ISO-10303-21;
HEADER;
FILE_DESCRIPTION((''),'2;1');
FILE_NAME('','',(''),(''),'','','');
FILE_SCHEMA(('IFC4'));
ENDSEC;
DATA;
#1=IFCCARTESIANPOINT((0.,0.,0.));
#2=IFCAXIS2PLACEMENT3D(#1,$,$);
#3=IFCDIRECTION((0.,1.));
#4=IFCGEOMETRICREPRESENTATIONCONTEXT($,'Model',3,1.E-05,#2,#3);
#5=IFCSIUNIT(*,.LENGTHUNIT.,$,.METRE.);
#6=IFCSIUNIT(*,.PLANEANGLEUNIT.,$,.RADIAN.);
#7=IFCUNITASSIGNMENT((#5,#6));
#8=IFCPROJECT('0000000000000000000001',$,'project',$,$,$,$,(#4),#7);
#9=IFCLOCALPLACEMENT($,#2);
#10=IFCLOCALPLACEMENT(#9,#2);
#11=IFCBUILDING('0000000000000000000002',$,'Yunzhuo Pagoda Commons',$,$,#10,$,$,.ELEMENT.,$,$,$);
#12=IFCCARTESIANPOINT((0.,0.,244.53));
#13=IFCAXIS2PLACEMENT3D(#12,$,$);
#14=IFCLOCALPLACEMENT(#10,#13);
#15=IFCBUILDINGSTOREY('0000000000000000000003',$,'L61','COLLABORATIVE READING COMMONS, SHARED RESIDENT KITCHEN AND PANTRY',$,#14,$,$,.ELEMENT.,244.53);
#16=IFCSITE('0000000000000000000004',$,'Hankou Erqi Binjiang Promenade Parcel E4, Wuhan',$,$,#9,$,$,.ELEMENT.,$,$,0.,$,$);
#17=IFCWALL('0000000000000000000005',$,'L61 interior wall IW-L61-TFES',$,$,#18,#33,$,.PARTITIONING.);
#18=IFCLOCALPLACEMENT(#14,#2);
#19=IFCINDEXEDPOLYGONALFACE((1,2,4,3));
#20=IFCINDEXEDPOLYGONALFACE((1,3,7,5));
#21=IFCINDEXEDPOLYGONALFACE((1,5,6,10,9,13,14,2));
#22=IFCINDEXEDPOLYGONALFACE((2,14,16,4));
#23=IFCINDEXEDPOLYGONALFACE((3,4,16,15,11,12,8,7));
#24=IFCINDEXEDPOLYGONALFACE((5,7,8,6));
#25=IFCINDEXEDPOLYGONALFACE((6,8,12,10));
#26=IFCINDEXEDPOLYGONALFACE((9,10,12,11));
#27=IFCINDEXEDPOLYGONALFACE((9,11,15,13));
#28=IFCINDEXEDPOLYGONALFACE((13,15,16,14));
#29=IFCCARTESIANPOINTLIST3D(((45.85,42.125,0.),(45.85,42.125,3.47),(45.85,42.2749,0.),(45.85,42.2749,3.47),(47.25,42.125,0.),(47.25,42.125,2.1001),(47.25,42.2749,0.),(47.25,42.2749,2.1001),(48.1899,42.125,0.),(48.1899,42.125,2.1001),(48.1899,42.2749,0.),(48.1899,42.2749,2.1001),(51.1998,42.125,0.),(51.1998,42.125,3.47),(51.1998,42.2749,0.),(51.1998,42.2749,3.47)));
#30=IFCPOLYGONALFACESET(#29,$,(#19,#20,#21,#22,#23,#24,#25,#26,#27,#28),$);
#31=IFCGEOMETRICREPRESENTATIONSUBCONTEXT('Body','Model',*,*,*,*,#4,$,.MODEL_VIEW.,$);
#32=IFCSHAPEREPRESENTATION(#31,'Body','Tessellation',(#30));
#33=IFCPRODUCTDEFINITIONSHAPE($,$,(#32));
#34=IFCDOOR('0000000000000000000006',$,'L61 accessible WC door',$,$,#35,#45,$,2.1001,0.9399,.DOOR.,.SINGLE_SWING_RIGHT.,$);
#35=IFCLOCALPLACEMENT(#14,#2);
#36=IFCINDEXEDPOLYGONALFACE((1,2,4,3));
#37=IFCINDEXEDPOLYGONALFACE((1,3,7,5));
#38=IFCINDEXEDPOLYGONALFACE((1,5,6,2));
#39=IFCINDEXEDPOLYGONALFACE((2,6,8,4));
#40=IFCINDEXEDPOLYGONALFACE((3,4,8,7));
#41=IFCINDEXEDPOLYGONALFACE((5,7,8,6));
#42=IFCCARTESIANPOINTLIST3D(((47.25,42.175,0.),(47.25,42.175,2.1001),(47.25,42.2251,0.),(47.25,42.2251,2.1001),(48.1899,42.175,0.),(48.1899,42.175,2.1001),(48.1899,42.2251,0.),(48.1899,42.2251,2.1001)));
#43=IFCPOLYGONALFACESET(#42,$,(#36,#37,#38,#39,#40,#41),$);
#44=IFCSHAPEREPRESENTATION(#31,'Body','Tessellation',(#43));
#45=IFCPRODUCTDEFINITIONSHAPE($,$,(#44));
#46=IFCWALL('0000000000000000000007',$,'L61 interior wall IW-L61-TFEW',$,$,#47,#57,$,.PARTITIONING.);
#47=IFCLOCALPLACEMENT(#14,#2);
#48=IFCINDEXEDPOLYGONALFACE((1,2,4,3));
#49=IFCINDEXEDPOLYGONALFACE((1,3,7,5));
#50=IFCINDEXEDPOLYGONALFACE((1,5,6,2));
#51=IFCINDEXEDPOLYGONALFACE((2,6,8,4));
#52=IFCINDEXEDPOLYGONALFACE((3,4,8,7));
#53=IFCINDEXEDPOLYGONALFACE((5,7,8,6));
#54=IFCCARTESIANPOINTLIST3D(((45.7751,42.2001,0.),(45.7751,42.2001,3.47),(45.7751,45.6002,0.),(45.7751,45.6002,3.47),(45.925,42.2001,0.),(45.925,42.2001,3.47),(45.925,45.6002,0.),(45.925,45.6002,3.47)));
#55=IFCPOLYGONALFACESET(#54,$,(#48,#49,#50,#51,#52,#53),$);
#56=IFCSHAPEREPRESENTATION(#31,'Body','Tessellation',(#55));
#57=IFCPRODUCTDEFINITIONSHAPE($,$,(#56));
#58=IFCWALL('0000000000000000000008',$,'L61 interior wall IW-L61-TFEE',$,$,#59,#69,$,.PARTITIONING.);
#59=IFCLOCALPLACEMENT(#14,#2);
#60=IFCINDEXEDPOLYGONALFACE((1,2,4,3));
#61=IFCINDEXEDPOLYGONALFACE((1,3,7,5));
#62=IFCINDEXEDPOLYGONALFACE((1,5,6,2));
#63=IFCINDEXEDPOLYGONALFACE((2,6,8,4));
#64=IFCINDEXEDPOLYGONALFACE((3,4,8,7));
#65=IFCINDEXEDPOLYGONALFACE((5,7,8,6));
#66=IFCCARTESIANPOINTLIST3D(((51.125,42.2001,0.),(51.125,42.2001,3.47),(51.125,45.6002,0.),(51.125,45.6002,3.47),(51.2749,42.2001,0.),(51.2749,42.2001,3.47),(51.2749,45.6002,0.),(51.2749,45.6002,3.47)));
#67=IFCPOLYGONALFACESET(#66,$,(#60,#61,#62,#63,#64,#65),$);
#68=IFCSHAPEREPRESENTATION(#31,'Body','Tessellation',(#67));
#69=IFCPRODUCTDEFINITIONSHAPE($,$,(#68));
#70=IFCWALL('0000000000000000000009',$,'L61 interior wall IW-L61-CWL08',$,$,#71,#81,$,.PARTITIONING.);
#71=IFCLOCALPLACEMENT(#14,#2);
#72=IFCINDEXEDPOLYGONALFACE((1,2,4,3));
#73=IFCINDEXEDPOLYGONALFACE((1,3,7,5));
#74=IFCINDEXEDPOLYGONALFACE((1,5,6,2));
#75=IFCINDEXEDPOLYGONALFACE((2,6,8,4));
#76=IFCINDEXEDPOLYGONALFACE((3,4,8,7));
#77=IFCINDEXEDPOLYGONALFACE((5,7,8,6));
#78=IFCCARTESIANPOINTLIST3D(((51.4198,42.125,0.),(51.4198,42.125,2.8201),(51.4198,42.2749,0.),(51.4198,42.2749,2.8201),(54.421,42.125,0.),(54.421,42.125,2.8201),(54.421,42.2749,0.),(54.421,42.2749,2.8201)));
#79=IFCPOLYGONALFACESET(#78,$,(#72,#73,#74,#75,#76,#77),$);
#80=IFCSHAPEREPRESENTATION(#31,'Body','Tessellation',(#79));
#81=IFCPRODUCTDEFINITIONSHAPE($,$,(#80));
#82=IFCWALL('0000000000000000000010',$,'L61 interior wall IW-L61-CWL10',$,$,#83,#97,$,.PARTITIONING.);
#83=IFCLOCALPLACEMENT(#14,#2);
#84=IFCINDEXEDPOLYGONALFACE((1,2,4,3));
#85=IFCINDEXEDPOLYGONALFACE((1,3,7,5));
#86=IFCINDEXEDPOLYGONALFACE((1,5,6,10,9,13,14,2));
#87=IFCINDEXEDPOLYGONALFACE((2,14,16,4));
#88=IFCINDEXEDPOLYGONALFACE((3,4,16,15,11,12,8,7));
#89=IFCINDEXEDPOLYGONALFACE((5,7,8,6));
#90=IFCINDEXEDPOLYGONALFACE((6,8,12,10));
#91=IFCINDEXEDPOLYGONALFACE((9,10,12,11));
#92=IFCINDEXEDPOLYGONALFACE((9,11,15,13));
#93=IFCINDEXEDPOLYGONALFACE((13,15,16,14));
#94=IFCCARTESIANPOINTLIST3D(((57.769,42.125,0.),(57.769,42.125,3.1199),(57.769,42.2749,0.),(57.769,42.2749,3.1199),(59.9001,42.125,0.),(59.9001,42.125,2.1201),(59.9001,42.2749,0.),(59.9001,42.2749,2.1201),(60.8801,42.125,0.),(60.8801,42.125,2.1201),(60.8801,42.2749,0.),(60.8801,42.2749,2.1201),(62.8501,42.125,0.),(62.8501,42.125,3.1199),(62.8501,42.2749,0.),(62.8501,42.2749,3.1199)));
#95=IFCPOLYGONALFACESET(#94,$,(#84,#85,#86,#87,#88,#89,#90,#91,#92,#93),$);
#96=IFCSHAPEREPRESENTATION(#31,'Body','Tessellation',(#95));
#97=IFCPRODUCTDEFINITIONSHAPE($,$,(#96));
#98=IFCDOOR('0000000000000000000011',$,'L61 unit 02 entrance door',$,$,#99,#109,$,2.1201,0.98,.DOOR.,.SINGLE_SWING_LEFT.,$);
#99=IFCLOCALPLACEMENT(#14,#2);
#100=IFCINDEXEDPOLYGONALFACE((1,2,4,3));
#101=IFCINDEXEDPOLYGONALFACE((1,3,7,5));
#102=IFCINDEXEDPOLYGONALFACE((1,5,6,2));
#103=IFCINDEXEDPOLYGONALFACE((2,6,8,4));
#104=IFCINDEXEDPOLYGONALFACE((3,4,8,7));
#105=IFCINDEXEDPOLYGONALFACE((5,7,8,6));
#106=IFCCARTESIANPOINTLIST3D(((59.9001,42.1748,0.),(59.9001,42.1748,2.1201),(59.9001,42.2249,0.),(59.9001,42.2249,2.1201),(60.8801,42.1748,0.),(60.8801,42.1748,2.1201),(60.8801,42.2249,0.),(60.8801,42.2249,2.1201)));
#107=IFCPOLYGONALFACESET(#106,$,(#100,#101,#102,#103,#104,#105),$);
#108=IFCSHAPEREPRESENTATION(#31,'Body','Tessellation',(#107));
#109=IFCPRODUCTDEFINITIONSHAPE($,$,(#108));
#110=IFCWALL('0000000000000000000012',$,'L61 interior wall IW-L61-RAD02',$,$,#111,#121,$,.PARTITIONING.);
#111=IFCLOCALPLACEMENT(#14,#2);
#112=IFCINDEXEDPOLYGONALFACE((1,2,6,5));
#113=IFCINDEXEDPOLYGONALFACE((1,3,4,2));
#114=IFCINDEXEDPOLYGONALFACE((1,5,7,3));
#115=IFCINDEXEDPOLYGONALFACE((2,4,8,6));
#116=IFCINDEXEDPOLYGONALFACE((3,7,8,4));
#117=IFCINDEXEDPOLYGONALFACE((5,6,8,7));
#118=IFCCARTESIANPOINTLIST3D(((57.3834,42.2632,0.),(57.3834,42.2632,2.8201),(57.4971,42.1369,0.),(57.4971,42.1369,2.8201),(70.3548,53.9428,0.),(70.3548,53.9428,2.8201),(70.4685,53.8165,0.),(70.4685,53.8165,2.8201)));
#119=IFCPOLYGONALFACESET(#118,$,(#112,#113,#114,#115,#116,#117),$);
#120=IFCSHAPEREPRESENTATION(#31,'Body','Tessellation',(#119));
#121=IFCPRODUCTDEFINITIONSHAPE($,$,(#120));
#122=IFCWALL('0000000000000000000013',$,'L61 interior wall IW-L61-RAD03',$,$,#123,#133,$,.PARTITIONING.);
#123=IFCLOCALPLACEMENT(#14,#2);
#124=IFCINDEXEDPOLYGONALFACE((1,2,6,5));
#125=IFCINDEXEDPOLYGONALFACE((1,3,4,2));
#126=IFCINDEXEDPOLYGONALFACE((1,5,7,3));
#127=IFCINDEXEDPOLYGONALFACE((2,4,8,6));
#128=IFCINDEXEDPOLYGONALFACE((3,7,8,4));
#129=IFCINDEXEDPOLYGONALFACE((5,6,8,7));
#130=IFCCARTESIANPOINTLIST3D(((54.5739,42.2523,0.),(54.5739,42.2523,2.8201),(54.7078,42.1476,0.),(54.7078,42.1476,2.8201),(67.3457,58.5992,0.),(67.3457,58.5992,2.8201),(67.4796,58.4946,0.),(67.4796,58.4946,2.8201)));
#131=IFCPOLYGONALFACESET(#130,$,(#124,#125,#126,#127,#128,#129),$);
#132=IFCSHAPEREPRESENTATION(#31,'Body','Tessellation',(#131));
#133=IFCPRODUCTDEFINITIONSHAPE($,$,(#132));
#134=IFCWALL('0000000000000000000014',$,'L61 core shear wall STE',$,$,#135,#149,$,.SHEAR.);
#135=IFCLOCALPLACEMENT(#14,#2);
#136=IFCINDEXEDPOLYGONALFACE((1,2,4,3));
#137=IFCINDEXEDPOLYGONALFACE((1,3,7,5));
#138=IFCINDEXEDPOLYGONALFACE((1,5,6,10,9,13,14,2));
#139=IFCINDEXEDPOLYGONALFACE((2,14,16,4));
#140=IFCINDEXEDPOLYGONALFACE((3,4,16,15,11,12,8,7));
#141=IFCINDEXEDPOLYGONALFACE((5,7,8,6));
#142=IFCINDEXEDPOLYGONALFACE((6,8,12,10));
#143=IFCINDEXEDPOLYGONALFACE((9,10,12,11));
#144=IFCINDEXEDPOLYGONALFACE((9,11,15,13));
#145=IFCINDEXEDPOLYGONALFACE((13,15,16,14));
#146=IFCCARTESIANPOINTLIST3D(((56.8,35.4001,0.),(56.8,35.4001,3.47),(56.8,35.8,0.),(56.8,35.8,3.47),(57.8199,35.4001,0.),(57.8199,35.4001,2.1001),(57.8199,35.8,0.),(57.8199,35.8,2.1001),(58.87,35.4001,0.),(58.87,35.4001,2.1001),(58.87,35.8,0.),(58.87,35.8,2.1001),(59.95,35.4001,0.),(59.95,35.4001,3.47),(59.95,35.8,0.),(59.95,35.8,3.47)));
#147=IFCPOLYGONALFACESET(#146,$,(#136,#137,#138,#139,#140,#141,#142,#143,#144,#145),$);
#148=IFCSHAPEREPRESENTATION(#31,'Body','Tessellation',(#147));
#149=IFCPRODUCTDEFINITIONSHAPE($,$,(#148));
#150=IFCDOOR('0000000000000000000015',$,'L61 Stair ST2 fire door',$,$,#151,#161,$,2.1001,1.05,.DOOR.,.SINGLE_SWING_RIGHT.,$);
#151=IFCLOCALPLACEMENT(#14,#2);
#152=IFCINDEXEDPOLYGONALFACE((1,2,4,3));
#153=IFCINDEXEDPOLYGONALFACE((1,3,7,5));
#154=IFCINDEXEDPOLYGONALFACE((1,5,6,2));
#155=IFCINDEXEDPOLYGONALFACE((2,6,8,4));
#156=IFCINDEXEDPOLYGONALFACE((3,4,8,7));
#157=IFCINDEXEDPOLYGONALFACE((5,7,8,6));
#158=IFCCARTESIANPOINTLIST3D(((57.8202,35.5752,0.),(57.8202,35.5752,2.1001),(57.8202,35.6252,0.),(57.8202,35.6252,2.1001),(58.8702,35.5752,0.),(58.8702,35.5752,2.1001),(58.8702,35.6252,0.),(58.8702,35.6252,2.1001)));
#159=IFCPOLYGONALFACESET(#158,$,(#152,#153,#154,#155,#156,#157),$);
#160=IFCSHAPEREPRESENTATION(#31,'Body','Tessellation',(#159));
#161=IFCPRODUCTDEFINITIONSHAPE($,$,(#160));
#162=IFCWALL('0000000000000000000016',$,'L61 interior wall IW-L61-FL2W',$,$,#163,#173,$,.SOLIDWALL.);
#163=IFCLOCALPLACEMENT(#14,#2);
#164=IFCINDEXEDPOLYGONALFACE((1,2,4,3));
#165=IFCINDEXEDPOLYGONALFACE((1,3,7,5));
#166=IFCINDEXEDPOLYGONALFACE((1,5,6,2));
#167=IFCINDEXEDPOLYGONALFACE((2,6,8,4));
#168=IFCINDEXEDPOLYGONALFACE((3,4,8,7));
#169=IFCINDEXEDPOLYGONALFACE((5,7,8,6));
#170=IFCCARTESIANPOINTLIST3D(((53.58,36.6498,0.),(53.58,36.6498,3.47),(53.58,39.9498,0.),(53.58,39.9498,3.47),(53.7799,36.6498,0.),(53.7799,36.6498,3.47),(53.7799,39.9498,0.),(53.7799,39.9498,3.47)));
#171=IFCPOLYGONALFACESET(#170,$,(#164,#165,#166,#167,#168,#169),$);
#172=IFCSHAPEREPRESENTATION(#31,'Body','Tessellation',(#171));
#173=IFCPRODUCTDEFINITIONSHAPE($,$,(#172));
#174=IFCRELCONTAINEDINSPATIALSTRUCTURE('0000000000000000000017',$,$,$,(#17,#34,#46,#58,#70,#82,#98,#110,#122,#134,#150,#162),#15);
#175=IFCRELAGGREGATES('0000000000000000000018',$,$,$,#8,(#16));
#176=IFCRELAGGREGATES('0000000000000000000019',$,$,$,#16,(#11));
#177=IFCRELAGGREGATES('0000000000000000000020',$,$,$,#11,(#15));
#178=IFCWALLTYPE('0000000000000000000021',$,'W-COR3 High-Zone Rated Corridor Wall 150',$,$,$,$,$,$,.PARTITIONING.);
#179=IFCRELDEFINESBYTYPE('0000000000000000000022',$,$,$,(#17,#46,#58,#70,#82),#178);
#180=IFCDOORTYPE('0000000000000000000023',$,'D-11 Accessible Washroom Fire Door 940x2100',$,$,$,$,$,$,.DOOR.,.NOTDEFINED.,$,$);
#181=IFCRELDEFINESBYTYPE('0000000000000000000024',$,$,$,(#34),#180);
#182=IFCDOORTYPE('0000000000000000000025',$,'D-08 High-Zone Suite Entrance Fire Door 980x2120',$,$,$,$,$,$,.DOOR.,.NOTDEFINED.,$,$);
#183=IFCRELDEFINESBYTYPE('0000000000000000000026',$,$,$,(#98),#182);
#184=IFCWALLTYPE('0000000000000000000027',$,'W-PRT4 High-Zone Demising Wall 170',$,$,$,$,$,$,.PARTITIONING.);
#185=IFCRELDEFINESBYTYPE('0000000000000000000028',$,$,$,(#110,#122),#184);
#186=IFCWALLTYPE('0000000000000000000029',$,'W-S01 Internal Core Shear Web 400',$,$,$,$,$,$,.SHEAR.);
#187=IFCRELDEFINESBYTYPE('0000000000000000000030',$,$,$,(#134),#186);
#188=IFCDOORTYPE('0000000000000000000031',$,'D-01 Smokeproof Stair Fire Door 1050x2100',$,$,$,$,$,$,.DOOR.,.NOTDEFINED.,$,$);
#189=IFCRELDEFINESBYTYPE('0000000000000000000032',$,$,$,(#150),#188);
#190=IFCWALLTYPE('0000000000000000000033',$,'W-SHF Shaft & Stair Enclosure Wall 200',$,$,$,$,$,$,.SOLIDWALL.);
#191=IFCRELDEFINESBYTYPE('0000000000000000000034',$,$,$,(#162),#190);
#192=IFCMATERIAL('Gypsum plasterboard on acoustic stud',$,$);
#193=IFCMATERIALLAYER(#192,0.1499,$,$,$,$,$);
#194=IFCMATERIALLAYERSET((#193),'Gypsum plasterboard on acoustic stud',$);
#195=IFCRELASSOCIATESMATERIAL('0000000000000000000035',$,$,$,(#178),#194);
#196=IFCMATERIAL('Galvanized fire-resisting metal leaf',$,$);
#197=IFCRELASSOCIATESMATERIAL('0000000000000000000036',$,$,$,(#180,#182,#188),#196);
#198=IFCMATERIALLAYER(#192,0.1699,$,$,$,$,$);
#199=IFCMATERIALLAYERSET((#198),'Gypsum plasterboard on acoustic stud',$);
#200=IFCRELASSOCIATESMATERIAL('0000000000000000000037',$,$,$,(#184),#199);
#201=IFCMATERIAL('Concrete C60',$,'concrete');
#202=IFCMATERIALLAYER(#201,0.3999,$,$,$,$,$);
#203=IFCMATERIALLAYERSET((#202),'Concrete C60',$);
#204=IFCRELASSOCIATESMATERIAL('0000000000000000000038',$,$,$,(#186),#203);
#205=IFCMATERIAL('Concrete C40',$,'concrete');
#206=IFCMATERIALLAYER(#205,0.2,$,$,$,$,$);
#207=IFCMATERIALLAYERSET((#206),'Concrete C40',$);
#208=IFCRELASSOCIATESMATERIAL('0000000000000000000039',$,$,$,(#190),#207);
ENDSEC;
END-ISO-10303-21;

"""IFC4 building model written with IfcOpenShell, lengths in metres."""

from ifc_helpers import new_model, si_unit, direction, frame, frame_2d, origin, origin_with_axes, place, context, subcontext, project, spatial, rectangle, extrude, source, transform, mapped, material, layer, layer_set, type_object, element, fill, save


model = new_model("IFC4")

# Units and contexts
model_context = context("Model", 3, precision=1e-05, world=origin(), true_north=direction((0.0, 1.0)))
body_context = subcontext(model_context, "Body", "Model", "MODEL_VIEW")
ifc_project = project(units=[si_unit("LENGTHUNIT", "METRE"), si_unit("PLANEANGLEUNIT", "RADIAN")], contexts=[model_context])

# Site, building, storey
site_placement = place(None, origin())
site = spatial("IfcSite", under=ifc_project, at=site_placement, Name="Hankou Erqi Binjiang Promenade Parcel E4, Wuhan", CompositionType="ELEMENT", RefElevation=0.0)
building_placement = place(site_placement, origin())
building = spatial("IfcBuilding", under=site, at=building_placement, Name="Yunzhuo Pagoda Commons", CompositionType="ELEMENT")
storey_placement = place(building_placement, frame((0.0, 0.0, 244.53)))
storey = spatial("IfcBuildingStorey", under=building, at=storey_placement, Name="L61", Description="COLLABORATIVE READING COMMONS, SHARED RESIDENT KITCHEN AND PANTRY", CompositionType="ELEMENT", Elevation=244.53)

# Shared definitions
ifc_material_1 = material(Name="Galvanized fire-resisting metal leaf")
shared_shape_1 = source(origin(), body_context, "Body", "SweptSolid", [
    extrude(rectangle(XDim=1.05, YDim=2.1001, at=frame_2d((0.5249, 1.05))), frame((0.0, 0.0249, 0.0), z_axis=(0.0, -1.0, 0.0), x_axis=(1.0, 0.0, 0.0)), (0.0, 0.0, 1.0), 0.05),
])

# Shared definitions
ifc_material_2 = material(Name="Gypsum plasterboard on acoustic stud")
ifc_layer_1 = layer(ifc_material_2, 0.1499)
ifc_layer_set_1 = layer_set([ifc_layer_1], Name="Gypsum plasterboard on acoustic stud")
wall_type_1 = type_object("IfcWallType", Name="W-COR3 High-Zone Rated Corridor Wall 150", PredefinedType="PARTITIONING", material=ifc_layer_set_1)

# Wall, opening, door
wall_1_placement = place(storey_placement, frame((45.8501, 42.2, 0.0), z_axis=(0.0, 0.0, 1.0), x_axis=(1.0, 0.0, 0.0)))
wall_1 = element("IfcWall", 1, at=wall_1_placement, inside=storey, type_object=wall_type_1, Name="L61 interior wall IW-L61-TFES", PredefinedType="PARTITIONING", context=body_context, shape_type="SweptSolid", body=[
    extrude(rectangle(XDim=5.3499, YDim=0.1499, at=frame_2d((2.6748, 0.0))), origin(), (0.0, 0.0, 1.0), 3.47),
])
opening_1_placement = place(wall_1_placement, frame((1.3999, 0.0, 0.0)))
opening_1 = element("IfcOpeningElement", 2, at=opening_1_placement, cuts=wall_1, PredefinedType="OPENING", context=body_context, shape_type="SweptSolid", body=[
    extrude(rectangle(XDim=0.9399, YDim=2.1001, at=frame_2d((0.47, 1.05))), frame((0.0, 0.085, 0.0), z_axis=(0.0, -1.0, 0.0), x_axis=(1.0, 0.0, 0.0)), (0.0, 0.0, 1.0), 0.1699),
])
door_type_1 = type_object("IfcDoorType", Name="D-11 Accessible Washroom Fire Door 940x2100", OperationType="NOTDEFINED", PredefinedType="DOOR", material=ifc_material_1)
shared_shape_2 = source(origin(), body_context, "Body", "SweptSolid", [
    extrude(rectangle(XDim=0.9399, YDim=2.1001, at=frame_2d((0.47, 1.05))), frame((0.0, 0.0249, 0.0), z_axis=(0.0, -1.0, 0.0), x_axis=(1.0, 0.0, 0.0)), (0.0, 0.0, 1.0), 0.05),
])
door_1_placement = place(opening_1_placement, frame((0.9399, 0.0, 0.0), z_axis=(0.0, 0.0, 1.0), x_axis=(-1.0, 0.0, 0.0)))
door_1 = element("IfcDoor", 3, at=door_1_placement, inside=storey, type_object=door_type_1, Name="L61 accessible WC door", OperationType="SINGLE_SWING_RIGHT", OverallHeight=2.1001, OverallWidth=0.9399, PredefinedType="DOOR", context=body_context, shape_type="MappedRepresentation", body=[
    mapped(shared_shape_2, transform((0.0, 0.0, 0.0), scale=1.0)),
])
fill(opening_1, door_1)

# Walls
for number, where, z_axis, x_axis, name in (
    (4, (45.8501, 42.2, 0.0), (0.0, 0.0, 1.0), (0.0, 1.0, 0.0), "L61 interior wall IW-L61-TFEW"),
    (5, (51.2, 42.2, 0.0), (0.0, 0.0, 1.0), (0.0, 1.0, 0.0), "L61 interior wall IW-L61-TFEE"),
):
    element("IfcWall", number, at=place(storey_placement, frame(where, z_axis=z_axis, x_axis=x_axis)), inside=storey, type_object=wall_type_1, Name=name, PredefinedType="PARTITIONING", context=body_context, shape_type="SweptSolid", body=[
        extrude(rectangle(XDim=3.4001, YDim=0.1499, at=frame_2d((1.7002, 0.0))), origin(), (0.0, 0.0, 1.0), 3.47),
    ])
wall_2_placement = place(storey_placement, frame((51.4199, 42.2, 0.0), z_axis=(0.0, 0.0, 1.0), x_axis=(1.0, 0.0, 0.0)))
element("IfcWall", 6, at=wall_2_placement, inside=storey, type_object=wall_type_1, Name="L61 interior wall IW-L61-CWL08", PredefinedType="PARTITIONING", context=body_context, shape_type="SweptSolid", body=[
    extrude(rectangle(XDim=3.0012, YDim=0.1499, at=frame_2d((1.5005, 0.0))), origin(), (0.0, 0.0, 1.0), 2.8201),
])

# Wall, opening, door
door_type_2 = type_object("IfcDoorType", Name="D-08 High-Zone Suite Entrance Fire Door 980x2120", OperationType="NOTDEFINED", PredefinedType="DOOR", material=ifc_material_1)
shared_shape_3 = source(origin(), body_context, "Body", "SweptSolid", [
    extrude(rectangle(XDim=0.98, YDim=2.1201, at=frame_2d((0.49, 1.0601))), frame((0.0, 0.0249, 0.0), z_axis=(0.0, -1.0, 0.0), x_axis=(1.0, 0.0, 0.0)), (0.0, 0.0, 1.0), 0.05),
])
wall_3_placement = place(storey_placement, frame((57.769, 42.2, 0.0), z_axis=(0.0, 0.0, 1.0), x_axis=(1.0, 0.0, 0.0)))
wall_3 = element("IfcWall", 7, at=wall_3_placement, inside=storey, type_object=wall_type_1, Name="L61 interior wall IW-L61-CWL10", PredefinedType="PARTITIONING", context=body_context, shape_type="SweptSolid", body=[
    extrude(rectangle(XDim=5.0811, YDim=0.1499, at=frame_2d((2.5405, 0.0))), origin(), (0.0, 0.0, 1.0), 3.1199),
])
opening_2_placement = place(wall_3_placement, frame((2.1311, 0.0, 0.0)))
opening_2 = element("IfcOpeningElement", 8, at=opening_2_placement, cuts=wall_3, PredefinedType="OPENING", context=body_context, shape_type="SweptSolid", body=[
    extrude(rectangle(XDim=0.98, YDim=2.1201, at=frame_2d((0.49, 1.0601))), frame((0.0, 0.085, 0.0), z_axis=(0.0, -1.0, 0.0), x_axis=(1.0, 0.0, 0.0)), (0.0, 0.0, 1.0), 0.1699),
])
door_2_placement = place(opening_2_placement, origin_with_axes())
door_2 = element("IfcDoor", 9, at=door_2_placement, inside=storey, type_object=door_type_2, Name="L61 unit 02 entrance door", OperationType="SINGLE_SWING_LEFT", OverallHeight=2.1201, OverallWidth=0.98, PredefinedType="DOOR", context=body_context, shape_type="MappedRepresentation", body=[
    mapped(shared_shape_3, transform((0.0, 0.0, 0.0), scale=1.0)),
])
fill(opening_2, door_2)

# Walls
ifc_layer_2 = layer(ifc_material_2, 0.1699)
ifc_layer_set_2 = layer_set([ifc_layer_2], Name="Gypsum plasterboard on acoustic stud")
wall_type_2 = type_object("IfcWallType", Name="W-PRT4 High-Zone Demising Wall 170", PredefinedType="PARTITIONING", material=ifc_layer_set_2)
wall_4_placement = place(storey_placement, frame((57.4402, 42.2, 0.0), z_axis=(0.0, 0.0, 1.0), x_axis=(0.74314, 0.669135, 0.0)))
element("IfcWall", 10, at=wall_4_placement, inside=storey, type_object=wall_type_2, Name="L61 interior wall IW-L61-RAD02", PredefinedType="PARTITIONING", context=body_context, shape_type="SweptSolid", body=[
    extrude(rectangle(XDim=17.4548, YDim=0.1699, at=frame_2d((8.7275, 0.0))), origin(), (0.0, 0.0, 1.0), 2.8201),
])
wall_5_placement = place(storey_placement, frame((54.6409, 42.2, 0.0), z_axis=(0.0, 0.0, 1.0), x_axis=(0.615665, 0.788008, 0.0)))
element("IfcWall", 11, at=wall_5_placement, inside=storey, type_object=wall_type_2, Name="L61 interior wall IW-L61-RAD03", PredefinedType="PARTITIONING", context=body_context, shape_type="SweptSolid", body=[
    extrude(rectangle(XDim=20.7446, YDim=0.1699, at=frame_2d((10.3723, 0.0))), origin(), (0.0, 0.0, 1.0), 2.8201),
])

# Wall, opening, door
ifc_material_3 = material(Name="Concrete C60", Category="concrete")
ifc_layer_3 = layer(ifc_material_3, 0.3999)
ifc_layer_set_3 = layer_set([ifc_layer_3], Name="Concrete C60")
wall_type_3 = type_object("IfcWallType", Name="W-S01 Internal Core Shear Web 400", PredefinedType="SHEAR", material=ifc_layer_set_3)
wall_6_placement = place(storey_placement, frame((56.8, 35.6001, 0.0), z_axis=(0.0, 0.0, 1.0), x_axis=(1.0, 0.0, 0.0)))
wall_6 = element("IfcWall", 12, at=wall_6_placement, inside=storey, type_object=wall_type_3, Name="L61 core shear wall STE", PredefinedType="SHEAR", context=body_context, shape_type="SweptSolid", body=[
    extrude(rectangle(XDim=3.1499, YDim=0.3999, at=frame_2d((1.575, 0.0))), origin(), (0.0, 0.0, 1.0), 3.47),
])
opening_3_placement = place(wall_6_placement, frame((1.02, 0.0, 0.0)))
opening_3 = element("IfcOpeningElement", 13, at=opening_3_placement, cuts=wall_6, PredefinedType="OPENING", context=body_context, shape_type="SweptSolid", body=[
    extrude(rectangle(XDim=1.05, YDim=2.1001, at=frame_2d((0.5249, 1.05))), frame((0.0, 0.21, 0.0), z_axis=(0.0, -1.0, 0.0), x_axis=(1.0, 0.0, 0.0)), (0.0, 0.0, 1.0), 0.4199),
])
door_type_3 = type_object("IfcDoorType", Name="D-01 Smokeproof Stair Fire Door 1050x2100", OperationType="NOTDEFINED", PredefinedType="DOOR", material=ifc_material_1)
door_3_placement = place(opening_3_placement, frame((1.05, 0.0, 0.0), z_axis=(0.0, 0.0, 1.0), x_axis=(-1.0, 0.0, 0.0)))
door_3 = element("IfcDoor", 14, at=door_3_placement, inside=storey, type_object=door_type_3, Name="L61 Stair ST2 fire door", OperationType="SINGLE_SWING_RIGHT", OverallHeight=2.1001, OverallWidth=1.05, PredefinedType="DOOR", context=body_context, shape_type="MappedRepresentation", body=[
    mapped(shared_shape_1, transform((0.0, 0.0, 0.0), scale=1.0)),
])
fill(opening_3, door_3)

# Wall
ifc_material_4 = material(Name="Concrete C40", Category="concrete")
ifc_layer_4 = layer(ifc_material_4, 0.2)
ifc_layer_set_4 = layer_set([ifc_layer_4], Name="Concrete C40")
wall_type_4 = type_object("IfcWallType", Name="W-SHF Shaft & Stair Enclosure Wall 200", PredefinedType="SOLIDWALL", material=ifc_layer_set_4)
wall_7_placement = place(storey_placement, frame((53.6799, 36.6499, 0.0), z_axis=(0.0, 0.0, 1.0), x_axis=(0.0, 1.0, 0.0)))
element("IfcWall", 15, at=wall_7_placement, inside=storey, type_object=wall_type_4, Name="L61 interior wall IW-L61-FL2W", PredefinedType="SOLIDWALL", context=body_context, shape_type="SweptSolid", body=[
    extrude(rectangle(XDim=3.3, YDim=0.2, at=frame_2d((1.6499, 0.0))), origin(), (0.0, 0.0, 1.0), 3.47),
])

save(model, "model.ifc")
